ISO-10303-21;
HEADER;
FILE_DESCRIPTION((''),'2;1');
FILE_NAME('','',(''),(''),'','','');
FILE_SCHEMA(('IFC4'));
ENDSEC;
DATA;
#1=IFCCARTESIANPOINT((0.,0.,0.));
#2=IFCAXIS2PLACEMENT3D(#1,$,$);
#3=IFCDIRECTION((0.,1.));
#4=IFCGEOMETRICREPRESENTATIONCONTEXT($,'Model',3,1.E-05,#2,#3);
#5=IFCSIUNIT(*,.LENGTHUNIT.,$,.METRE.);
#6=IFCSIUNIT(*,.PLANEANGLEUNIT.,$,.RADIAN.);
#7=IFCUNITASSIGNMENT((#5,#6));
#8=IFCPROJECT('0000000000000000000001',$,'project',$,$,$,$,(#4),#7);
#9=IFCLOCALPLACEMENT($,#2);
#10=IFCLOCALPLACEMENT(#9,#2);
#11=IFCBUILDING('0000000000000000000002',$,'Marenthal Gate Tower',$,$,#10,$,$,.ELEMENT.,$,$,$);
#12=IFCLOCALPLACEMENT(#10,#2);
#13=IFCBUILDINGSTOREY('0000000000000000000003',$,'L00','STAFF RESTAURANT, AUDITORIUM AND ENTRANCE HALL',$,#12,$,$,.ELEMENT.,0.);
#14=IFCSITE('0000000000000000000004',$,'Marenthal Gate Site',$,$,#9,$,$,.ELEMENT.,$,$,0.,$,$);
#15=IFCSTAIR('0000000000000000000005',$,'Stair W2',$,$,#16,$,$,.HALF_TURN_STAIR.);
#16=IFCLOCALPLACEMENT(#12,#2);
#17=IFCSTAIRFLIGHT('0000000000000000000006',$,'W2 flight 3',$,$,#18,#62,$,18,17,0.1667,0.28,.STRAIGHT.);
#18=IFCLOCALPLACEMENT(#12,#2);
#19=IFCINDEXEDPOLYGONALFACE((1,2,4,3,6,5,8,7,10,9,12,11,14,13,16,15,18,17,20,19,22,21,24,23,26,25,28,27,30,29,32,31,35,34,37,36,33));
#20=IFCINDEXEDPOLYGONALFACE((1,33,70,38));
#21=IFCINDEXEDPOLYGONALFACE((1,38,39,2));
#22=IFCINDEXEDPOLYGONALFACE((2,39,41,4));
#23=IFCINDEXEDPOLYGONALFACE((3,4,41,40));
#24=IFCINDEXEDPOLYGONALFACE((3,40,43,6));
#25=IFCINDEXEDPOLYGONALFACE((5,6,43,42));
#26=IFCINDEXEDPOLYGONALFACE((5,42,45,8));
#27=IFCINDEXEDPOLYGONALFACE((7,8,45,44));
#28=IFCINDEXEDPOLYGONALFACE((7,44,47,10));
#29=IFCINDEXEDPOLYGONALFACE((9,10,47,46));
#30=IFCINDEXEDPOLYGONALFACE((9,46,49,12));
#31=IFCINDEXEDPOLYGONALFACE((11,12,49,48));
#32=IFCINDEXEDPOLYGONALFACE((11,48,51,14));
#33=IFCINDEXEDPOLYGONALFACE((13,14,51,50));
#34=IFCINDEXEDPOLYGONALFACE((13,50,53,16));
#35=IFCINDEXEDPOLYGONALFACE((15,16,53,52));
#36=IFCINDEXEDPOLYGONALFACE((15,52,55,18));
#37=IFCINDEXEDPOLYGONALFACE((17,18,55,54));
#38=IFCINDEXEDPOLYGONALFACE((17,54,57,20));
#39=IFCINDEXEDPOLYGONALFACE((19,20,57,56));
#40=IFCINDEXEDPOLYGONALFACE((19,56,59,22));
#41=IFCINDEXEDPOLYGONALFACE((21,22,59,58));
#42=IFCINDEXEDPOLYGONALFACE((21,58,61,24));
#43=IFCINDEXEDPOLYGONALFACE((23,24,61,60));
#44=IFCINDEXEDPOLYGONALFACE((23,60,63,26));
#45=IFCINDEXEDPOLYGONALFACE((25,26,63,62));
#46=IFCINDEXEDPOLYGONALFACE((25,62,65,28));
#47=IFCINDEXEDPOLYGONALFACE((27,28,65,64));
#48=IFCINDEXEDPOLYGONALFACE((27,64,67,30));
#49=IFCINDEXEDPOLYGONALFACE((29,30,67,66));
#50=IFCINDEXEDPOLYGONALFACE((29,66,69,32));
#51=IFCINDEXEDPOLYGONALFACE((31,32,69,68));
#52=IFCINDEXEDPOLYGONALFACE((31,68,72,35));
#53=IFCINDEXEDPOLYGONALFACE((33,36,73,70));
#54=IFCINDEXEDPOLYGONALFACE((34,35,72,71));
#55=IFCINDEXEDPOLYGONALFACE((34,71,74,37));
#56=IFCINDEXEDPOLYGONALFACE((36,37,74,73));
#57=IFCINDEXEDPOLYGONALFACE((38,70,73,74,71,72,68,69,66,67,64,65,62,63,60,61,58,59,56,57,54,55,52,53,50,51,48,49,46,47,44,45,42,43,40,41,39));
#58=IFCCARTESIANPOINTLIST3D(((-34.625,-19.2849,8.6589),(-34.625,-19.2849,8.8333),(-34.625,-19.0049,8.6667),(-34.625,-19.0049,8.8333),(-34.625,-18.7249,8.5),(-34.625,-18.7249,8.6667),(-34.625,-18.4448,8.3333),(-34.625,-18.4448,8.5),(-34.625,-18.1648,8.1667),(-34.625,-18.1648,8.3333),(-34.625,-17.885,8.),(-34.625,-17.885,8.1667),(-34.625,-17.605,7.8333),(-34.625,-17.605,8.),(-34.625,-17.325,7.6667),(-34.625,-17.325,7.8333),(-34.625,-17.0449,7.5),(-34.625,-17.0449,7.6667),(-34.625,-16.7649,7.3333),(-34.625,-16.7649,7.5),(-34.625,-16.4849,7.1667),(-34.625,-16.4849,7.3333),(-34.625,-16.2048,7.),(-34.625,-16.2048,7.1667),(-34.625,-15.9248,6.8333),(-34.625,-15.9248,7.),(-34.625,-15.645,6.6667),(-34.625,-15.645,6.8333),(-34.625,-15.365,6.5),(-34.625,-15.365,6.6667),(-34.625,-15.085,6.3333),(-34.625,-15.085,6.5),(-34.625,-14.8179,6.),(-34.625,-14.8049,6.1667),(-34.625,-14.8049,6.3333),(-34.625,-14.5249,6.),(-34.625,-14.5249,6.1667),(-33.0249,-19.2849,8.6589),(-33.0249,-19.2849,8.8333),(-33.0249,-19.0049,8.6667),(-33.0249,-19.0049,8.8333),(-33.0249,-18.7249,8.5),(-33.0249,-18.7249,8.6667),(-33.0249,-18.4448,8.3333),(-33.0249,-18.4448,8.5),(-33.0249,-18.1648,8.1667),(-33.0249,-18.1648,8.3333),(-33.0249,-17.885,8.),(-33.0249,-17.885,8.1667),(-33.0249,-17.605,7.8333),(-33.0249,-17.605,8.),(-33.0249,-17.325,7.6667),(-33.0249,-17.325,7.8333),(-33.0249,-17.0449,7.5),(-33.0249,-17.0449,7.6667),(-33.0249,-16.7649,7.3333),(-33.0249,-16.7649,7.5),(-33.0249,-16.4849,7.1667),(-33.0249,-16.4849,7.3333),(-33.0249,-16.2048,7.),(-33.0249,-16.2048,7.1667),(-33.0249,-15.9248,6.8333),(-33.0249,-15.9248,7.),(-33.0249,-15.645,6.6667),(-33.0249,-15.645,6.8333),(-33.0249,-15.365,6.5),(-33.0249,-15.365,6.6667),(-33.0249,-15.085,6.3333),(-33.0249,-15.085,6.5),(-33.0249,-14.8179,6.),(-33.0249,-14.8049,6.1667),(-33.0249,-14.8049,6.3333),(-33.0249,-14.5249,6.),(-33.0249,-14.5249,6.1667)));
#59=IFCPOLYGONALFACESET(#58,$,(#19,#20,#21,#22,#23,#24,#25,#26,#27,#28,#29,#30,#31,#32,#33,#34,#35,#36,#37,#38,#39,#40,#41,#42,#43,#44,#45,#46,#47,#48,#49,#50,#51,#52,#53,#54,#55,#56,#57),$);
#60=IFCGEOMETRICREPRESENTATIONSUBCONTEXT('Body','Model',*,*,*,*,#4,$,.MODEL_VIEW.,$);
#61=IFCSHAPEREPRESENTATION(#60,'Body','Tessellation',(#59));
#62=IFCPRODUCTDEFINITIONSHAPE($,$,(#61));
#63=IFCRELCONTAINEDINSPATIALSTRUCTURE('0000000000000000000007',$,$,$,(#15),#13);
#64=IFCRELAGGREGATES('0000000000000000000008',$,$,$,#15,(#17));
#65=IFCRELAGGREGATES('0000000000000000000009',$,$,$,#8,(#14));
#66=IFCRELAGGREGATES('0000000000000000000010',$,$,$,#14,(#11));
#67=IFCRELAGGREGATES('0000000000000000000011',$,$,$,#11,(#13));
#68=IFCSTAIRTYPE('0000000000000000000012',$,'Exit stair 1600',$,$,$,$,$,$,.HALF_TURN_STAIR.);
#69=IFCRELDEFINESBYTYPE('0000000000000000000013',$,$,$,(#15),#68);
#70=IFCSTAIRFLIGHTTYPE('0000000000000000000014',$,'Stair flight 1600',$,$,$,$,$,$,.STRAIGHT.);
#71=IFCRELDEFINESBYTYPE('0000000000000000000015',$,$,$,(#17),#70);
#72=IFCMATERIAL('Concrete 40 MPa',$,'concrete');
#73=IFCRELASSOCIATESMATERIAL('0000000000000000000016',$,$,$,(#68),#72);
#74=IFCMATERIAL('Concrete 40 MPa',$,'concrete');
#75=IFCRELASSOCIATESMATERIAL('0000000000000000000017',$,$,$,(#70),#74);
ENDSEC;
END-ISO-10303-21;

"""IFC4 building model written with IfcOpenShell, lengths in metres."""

from ifc_helpers import new_model, si_unit, direction, frame, origin, place, context, subcontext, project, spatial, polyline, outline, extrude, material, type_object, element, aggregate, save


model = new_model("IFC4")

# Units and contexts
model_context = context("Model", 3, precision=1e-05, world=origin(), true_north=direction((0.0, 1.0)))
body_context = subcontext(model_context, "Body", "Model", "MODEL_VIEW")
ifc_project = project(units=[si_unit("LENGTHUNIT", "METRE"), si_unit("PLANEANGLEUNIT", "RADIAN")], contexts=[model_context])

# Site, building, storey
site_placement = place(None, origin())
site = spatial("IfcSite", under=ifc_project, at=site_placement, Name="Marenthal Gate Site", CompositionType="ELEMENT", RefElevation=0.0)
building_placement = place(site_placement, origin())
building = spatial("IfcBuilding", under=site, at=building_placement, Name="Marenthal Gate Tower", CompositionType="ELEMENT")
storey_placement = place(building_placement, origin())
storey = spatial("IfcBuildingStorey", under=building, at=storey_placement, Name="L00", Description="STAFF RESTAURANT, AUDITORIUM AND ENTRANCE HALL", CompositionType="ELEMENT", Elevation=0.0)

# Stair, stair flight
ifc_material_1 = material(Name="Concrete 40 MPa", Category="concrete")
stair_type = type_object("IfcStairType", Name="Exit stair 1600", PredefinedType="HALF_TURN_STAIR", material=ifc_material_1)
stair_placement = place(storey_placement, origin())
stair = element("IfcStair", 1, at=stair_placement, inside=storey, type_object=stair_type, Name="Stair W2", PredefinedType="HALF_TURN_STAIR")
ifc_material_2 = material(Name="Concrete 40 MPa", Category="concrete")
stair_flight_type = type_object("IfcStairFlightType", Name="Stair flight 1600", PredefinedType="STRAIGHT", material=ifc_material_2)
stair_flight_1_placement = place(storey_placement, frame((-33.825, -14.5249, 6.0), z_axis=(0.0, 0.0, 1.0), x_axis=(0.0, -1.0, 0.0)))
stair_flight_1 = element("IfcStairFlight", 2, at=stair_flight_1_placement, type_object=stair_flight_type, Name="W2 flight 3", NumberOfRisers=18, NumberOfTreads=17, PredefinedType="STRAIGHT", RiserHeight=0.1667, TreadLength=0.28, context=body_context, shape_type="SweptSolid", body=[
    extrude(outline(polyline([(0.0, 0.0), (0.0, 0.1667), (0.28, 0.1667), (0.28, 0.3333), (0.5601, 0.3333), (0.5601, 0.5), (0.8401, 0.5), (0.8401, 0.6667), (1.1201, 0.6667), (1.1201, 0.8333), (1.3999, 0.8333), (1.3999, 1.0), (1.6799, 1.0), (1.6799, 1.1667), (1.96, 1.1667), (1.96, 1.3333), (2.24, 1.3333), (2.24, 1.5), (2.52, 1.5), (2.52, 1.6667), (2.8, 1.6667), (2.8, 1.8333), (3.0801, 1.8333), (3.0801, 2.0), (3.3601, 2.0), (3.3601, 2.1667), (3.6399, 2.1667), (3.6399, 2.3333), (3.9199, 2.3333), (3.9199, 2.5), (4.2, 2.5), (4.2, 2.6667), (4.48, 2.6667), (4.48, 2.8333), (4.76, 2.8333), (4.76, 3.0), (4.76, 2.6589), (0.293, 0.0), (0.0, 0.0)])), frame((0.0, 0.8, 0.0), z_axis=(0.0, -1.0, 0.0), x_axis=(1.0, 0.0, 0.0)), (0.0, 0.0, 1.0), 1.6001),
])
aggregate(stair, [stair_flight_1])

save(model, "model.ifc")
